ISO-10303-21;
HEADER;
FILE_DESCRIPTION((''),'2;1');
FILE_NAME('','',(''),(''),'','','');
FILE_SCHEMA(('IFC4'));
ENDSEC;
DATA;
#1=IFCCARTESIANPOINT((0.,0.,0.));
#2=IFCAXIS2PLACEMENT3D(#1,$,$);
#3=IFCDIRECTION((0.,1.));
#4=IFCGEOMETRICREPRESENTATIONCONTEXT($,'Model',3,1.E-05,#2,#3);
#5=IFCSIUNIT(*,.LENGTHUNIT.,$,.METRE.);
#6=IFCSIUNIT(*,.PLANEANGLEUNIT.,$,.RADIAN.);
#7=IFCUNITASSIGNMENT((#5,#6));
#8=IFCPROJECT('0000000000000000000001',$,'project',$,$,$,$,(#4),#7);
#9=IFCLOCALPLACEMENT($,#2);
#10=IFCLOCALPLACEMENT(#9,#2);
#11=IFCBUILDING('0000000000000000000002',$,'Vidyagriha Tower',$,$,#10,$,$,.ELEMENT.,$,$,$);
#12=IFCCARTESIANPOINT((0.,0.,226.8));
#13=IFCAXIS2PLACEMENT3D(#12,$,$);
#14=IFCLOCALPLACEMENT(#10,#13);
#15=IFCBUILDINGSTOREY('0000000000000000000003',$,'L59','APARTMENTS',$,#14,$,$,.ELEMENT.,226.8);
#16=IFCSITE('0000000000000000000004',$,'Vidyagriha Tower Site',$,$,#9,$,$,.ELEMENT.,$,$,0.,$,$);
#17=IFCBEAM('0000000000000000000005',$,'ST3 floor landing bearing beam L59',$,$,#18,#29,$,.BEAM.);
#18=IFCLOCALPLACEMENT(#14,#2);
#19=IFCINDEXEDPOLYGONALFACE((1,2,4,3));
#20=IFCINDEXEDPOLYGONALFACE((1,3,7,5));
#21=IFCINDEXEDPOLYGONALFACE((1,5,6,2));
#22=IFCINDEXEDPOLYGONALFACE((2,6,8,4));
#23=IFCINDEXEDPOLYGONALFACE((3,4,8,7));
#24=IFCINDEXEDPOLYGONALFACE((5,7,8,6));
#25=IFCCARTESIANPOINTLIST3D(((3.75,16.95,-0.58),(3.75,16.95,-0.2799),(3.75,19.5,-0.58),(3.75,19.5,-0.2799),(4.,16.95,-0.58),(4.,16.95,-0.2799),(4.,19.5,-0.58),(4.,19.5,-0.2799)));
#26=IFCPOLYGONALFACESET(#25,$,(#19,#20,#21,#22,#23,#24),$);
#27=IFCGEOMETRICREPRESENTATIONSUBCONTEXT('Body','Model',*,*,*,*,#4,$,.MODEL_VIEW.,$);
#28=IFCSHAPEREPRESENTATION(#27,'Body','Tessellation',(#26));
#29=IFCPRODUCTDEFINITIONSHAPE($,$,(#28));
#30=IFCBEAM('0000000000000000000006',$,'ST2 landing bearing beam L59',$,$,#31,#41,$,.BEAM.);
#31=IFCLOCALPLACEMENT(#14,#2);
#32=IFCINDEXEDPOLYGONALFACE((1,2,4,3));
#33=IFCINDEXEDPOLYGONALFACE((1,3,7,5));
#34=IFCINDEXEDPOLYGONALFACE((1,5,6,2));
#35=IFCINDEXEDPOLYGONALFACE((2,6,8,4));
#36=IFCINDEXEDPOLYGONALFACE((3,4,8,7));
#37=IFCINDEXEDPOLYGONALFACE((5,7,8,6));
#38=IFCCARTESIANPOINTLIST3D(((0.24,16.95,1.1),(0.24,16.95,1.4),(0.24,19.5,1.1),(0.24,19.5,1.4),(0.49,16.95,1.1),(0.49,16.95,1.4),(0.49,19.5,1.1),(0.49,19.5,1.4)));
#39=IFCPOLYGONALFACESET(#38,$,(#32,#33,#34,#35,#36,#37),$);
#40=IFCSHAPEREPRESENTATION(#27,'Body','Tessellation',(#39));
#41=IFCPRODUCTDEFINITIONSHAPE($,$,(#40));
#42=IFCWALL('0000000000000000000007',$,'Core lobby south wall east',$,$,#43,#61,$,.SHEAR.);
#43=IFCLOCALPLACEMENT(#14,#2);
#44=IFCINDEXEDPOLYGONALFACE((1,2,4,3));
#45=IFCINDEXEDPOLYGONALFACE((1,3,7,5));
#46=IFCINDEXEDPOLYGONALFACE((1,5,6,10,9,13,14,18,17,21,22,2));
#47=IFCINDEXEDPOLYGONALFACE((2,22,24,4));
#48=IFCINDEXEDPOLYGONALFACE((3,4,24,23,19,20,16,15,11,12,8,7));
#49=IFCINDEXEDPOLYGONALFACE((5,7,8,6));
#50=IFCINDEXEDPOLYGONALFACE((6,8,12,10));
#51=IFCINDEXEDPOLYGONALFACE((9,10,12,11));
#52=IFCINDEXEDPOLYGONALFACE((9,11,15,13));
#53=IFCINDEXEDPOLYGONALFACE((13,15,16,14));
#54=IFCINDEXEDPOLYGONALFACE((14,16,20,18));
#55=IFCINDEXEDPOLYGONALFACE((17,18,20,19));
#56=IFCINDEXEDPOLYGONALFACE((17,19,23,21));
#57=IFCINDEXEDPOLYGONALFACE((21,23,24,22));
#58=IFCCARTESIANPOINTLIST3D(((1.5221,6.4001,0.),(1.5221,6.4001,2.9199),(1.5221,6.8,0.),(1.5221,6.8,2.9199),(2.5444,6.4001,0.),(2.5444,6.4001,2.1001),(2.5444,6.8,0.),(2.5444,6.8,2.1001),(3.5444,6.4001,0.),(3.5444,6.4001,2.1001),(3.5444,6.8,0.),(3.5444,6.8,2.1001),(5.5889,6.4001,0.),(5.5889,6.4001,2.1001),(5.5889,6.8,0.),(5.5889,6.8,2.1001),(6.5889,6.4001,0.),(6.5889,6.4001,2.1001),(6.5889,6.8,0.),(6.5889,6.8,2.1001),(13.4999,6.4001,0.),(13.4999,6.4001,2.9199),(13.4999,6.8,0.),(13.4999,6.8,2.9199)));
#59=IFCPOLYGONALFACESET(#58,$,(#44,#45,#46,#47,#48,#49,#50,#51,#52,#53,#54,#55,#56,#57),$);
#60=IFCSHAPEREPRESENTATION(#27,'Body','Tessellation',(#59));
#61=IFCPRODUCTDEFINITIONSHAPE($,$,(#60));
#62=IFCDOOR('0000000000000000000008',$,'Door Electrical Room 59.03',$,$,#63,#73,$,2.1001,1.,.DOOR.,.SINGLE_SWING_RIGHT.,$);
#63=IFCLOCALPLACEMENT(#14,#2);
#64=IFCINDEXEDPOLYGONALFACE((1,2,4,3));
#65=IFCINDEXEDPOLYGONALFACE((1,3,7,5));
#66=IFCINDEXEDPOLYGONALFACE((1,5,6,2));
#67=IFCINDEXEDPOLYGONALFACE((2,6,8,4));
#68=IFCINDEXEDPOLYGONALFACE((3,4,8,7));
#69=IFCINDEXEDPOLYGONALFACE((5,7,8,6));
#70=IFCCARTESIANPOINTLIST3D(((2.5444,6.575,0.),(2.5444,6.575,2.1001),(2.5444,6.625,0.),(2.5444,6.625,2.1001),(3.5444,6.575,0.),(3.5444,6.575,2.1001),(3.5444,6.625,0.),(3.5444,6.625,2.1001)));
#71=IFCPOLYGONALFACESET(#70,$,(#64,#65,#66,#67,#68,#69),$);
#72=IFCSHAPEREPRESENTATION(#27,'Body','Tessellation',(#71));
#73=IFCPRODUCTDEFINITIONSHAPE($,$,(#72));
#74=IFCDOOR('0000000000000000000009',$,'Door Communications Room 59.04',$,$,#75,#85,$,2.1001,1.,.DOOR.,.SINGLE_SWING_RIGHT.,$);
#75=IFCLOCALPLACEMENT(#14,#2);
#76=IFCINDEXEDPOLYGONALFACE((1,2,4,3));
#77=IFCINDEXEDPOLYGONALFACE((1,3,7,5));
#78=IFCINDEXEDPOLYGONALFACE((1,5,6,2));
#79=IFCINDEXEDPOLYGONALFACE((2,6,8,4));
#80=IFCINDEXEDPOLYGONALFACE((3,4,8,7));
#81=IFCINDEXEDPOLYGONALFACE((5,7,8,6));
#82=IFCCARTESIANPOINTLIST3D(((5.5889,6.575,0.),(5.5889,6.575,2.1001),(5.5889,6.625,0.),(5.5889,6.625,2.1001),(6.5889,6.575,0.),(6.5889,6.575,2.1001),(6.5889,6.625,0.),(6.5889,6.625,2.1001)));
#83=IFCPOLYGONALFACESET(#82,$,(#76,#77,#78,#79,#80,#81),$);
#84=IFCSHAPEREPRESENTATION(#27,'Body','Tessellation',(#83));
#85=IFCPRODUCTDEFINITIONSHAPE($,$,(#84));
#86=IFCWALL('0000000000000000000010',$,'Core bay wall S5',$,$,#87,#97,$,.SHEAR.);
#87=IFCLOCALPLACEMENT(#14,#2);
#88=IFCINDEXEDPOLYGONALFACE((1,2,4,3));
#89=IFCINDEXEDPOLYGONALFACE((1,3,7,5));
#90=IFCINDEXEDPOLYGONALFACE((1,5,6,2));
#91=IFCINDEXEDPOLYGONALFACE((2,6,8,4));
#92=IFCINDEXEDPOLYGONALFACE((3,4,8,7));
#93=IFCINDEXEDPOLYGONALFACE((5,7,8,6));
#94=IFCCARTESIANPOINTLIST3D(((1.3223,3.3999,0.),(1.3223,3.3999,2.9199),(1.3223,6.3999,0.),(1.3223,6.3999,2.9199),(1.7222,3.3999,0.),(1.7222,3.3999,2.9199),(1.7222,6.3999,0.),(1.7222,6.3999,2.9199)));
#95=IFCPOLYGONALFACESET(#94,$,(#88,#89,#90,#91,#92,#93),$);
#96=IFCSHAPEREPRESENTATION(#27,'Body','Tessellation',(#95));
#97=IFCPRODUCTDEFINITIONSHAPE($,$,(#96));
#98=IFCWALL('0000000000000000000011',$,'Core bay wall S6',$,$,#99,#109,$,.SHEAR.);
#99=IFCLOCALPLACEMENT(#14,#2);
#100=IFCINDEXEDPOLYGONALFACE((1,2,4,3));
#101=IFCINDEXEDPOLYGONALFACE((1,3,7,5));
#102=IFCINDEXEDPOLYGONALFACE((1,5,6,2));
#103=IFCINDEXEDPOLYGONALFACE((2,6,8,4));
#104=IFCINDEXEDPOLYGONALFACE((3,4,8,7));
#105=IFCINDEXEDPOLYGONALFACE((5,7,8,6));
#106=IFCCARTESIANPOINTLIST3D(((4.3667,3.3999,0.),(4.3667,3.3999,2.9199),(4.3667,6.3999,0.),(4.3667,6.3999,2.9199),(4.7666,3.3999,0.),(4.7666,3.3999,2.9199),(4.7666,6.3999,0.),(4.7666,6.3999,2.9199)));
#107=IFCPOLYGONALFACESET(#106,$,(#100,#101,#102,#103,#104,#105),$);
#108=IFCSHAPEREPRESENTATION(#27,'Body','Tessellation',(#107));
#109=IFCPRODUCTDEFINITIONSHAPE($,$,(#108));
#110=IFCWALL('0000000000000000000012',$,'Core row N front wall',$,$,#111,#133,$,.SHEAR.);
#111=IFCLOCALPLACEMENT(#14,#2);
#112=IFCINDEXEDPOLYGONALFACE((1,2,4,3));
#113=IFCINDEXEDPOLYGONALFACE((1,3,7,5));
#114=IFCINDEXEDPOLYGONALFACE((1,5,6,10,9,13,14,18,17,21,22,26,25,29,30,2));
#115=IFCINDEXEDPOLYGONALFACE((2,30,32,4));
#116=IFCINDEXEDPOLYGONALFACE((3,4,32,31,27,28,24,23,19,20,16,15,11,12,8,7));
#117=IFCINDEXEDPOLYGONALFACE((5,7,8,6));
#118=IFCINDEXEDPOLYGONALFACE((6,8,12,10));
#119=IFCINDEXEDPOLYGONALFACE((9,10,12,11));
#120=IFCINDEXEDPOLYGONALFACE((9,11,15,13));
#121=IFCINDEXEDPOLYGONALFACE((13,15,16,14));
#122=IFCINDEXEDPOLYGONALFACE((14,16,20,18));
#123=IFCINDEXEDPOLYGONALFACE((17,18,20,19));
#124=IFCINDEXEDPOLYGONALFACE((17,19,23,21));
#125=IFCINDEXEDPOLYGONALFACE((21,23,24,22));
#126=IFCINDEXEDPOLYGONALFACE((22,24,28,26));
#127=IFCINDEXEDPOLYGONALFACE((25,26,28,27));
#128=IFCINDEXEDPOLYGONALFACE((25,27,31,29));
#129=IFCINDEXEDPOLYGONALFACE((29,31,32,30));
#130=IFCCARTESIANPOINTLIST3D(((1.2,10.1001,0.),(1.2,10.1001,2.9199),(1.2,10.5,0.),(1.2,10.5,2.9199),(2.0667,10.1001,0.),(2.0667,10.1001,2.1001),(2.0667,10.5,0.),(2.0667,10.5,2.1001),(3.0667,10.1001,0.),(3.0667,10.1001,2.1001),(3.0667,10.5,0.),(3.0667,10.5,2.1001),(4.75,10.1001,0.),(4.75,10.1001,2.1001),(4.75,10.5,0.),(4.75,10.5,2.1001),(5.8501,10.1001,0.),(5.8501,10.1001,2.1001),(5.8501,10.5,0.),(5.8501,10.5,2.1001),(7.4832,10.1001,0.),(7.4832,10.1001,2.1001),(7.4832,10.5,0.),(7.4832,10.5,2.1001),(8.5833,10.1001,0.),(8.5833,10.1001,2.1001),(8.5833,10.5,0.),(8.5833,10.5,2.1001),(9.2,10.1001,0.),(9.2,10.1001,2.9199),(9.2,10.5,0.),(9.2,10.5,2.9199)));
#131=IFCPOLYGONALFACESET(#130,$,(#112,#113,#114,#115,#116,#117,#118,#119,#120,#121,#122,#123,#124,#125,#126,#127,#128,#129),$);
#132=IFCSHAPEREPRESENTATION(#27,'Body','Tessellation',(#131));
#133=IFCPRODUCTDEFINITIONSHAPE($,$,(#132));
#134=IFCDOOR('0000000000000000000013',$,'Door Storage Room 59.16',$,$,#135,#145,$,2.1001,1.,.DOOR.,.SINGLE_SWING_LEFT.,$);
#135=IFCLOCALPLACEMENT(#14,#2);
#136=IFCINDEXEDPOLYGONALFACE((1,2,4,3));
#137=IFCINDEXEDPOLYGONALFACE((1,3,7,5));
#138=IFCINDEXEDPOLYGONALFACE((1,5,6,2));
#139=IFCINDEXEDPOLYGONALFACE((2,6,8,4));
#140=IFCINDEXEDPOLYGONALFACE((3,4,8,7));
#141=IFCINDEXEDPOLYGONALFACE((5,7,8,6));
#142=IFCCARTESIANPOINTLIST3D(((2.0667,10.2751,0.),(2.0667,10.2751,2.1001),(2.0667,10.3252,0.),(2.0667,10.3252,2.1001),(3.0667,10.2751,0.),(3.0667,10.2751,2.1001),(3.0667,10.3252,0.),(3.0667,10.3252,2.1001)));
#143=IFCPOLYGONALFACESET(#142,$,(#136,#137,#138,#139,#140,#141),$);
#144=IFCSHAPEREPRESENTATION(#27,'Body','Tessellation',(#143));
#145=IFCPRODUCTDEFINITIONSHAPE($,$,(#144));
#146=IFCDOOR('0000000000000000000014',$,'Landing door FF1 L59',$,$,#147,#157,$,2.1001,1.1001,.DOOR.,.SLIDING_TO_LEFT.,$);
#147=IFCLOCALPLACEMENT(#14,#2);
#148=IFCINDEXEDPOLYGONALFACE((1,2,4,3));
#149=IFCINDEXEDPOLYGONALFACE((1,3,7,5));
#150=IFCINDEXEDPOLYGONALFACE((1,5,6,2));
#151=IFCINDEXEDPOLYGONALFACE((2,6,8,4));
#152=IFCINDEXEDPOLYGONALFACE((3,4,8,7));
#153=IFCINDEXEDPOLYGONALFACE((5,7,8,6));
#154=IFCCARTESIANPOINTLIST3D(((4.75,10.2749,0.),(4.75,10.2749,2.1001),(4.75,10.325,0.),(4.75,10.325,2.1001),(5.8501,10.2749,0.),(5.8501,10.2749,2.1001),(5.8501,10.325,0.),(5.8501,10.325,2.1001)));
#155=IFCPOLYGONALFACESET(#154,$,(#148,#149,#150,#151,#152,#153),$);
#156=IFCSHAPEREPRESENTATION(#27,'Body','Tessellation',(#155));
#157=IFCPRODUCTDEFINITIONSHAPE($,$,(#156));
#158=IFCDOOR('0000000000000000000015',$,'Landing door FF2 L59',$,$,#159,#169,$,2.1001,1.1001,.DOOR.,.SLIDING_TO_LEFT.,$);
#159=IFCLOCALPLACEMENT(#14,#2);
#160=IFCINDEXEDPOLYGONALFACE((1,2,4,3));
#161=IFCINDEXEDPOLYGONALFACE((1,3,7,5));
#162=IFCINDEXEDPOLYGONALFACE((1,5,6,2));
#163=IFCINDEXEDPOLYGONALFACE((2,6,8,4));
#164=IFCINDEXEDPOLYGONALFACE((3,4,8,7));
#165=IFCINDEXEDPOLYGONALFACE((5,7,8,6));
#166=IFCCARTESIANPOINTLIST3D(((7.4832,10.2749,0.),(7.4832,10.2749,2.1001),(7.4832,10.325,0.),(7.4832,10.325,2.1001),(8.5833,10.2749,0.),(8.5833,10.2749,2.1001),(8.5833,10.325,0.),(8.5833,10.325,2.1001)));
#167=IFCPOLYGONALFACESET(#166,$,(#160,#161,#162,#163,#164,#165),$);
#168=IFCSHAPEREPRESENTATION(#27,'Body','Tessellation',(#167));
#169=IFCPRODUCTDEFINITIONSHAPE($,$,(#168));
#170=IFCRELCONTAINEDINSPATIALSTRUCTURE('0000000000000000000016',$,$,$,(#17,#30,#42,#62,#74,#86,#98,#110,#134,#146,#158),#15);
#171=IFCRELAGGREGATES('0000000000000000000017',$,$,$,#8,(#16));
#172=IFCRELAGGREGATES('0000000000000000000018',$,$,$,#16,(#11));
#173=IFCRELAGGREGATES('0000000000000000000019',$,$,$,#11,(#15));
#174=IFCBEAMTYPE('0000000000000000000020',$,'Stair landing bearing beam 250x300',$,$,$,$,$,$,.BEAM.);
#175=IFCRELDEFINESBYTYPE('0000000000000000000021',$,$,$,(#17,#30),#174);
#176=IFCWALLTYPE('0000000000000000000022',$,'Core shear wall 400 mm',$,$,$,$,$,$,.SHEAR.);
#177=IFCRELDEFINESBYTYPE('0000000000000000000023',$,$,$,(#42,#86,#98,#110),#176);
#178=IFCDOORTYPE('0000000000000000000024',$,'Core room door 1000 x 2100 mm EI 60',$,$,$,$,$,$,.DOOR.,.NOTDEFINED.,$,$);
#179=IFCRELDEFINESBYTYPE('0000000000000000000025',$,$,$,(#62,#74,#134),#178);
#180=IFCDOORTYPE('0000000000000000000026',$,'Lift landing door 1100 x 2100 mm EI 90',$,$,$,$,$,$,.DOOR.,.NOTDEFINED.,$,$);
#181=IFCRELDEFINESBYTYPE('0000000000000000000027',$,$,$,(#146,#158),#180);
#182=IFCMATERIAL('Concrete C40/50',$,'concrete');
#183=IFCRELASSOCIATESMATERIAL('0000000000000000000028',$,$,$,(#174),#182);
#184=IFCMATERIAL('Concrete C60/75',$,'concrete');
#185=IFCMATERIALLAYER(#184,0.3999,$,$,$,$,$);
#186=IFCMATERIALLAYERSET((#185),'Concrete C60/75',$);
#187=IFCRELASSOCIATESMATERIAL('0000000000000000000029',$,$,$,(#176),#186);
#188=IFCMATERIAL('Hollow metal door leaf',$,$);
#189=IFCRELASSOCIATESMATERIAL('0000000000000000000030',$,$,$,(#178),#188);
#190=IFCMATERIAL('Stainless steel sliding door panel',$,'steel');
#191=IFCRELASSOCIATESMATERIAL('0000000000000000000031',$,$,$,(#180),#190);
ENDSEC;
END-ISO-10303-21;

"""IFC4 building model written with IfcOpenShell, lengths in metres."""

from ifc_helpers import new_model, si_unit, direction, frame, frame_2d, origin, origin_2d, place, context, subcontext, project, spatial, rectangle, extrude, material, layer, layer_set, material_profile, profile_set, type_object, element, fill, save


model = new_model("IFC4")

# Units and contexts
model_context = context("Model", 3, precision=1e-05, world=origin(), true_north=direction((0.0, 1.0)))
body_context = subcontext(model_context, "Body", "Model", "MODEL_VIEW")
ifc_project = project(units=[si_unit("LENGTHUNIT", "METRE"), si_unit("PLANEANGLEUNIT", "RADIAN")], contexts=[model_context])

# Site, building, storey
site_placement = place(None, origin())
site = spatial("IfcSite", under=ifc_project, at=site_placement, Name="Vidyagriha Tower Site", CompositionType="ELEMENT", RefElevation=0.0)
building_placement = place(site_placement, origin())
building = spatial("IfcBuilding", under=site, at=building_placement, Name="Vidyagriha Tower", CompositionType="ELEMENT")
storey_placement = place(building_placement, frame((0.0, 0.0, 226.8)))
storey = spatial("IfcBuildingStorey", under=building, at=storey_placement, Name="L59", Description="APARTMENTS", CompositionType="ELEMENT", Elevation=226.8)

# Beams
ifc_material_1 = material(Name="Concrete C40/50", Category="concrete")
ifc_material_profile = material_profile(ifc_material_1, rectangle(XDim=0.25, YDim=0.3, at=origin_2d()), Name="Stair landing bearing beam 250x300")
ifc_profile_set = profile_set([ifc_material_profile], Name="Concrete C40/50")
beam_type = type_object("IfcBeamType", Name="Stair landing bearing beam 250x300", PredefinedType="BEAM", material=ifc_profile_set)
for number, where, z_axis, x_axis, name in (
    (1, (3.875, 16.95, -0.4299), (0.0, 1.0, 0.0), (-1.0, 0.0, 0.0), "ST3 floor landing bearing beam L59"),
    (2, (0.365, 16.95, 1.25), (0.0, 1.0, 0.0), (-1.0, 0.0, 0.0), "ST2 landing bearing beam L59"),
):
    element("IfcBeam", number, at=place(storey_placement, frame(where, z_axis=z_axis, x_axis=x_axis)), inside=storey, type_object=beam_type, Name=name, PredefinedType="BEAM", context=body_context, shape_type="SweptSolid", body=[
        extrude(rectangle(XDim=0.25, YDim=0.3, at=origin_2d()), origin(), (0.0, 0.0, 1.0), 2.55),
    ])

# Wall, openings, doors
ifc_material_2 = material(Name="Concrete C60/75", Category="concrete")
ifc_layer_1 = layer(ifc_material_2, 0.3999)
ifc_layer_set_1 = layer_set([ifc_layer_1], Name="Concrete C60/75")
wall_type_1 = type_object("IfcWallType", Name="Core shear wall 400 mm", PredefinedType="SHEAR", material=ifc_layer_set_1)
wall_1_placement = place(storey_placement, frame((1.5222, 6.6001, 0.0)))
wall_1 = element("IfcWall", 3, at=wall_1_placement, inside=storey, type_object=wall_type_1, Name="Core lobby south wall east", PredefinedType="SHEAR", context=body_context, shape_type="SweptSolid", body=[
    extrude(rectangle(XDim=11.9778, YDim=0.3999, at=frame_2d((5.9888, 0.0))), origin(), (0.0, 0.0, 1.0), 2.9199),
])
opening_1_placement = place(wall_1_placement, frame((1.0222, 0.0, 0.0)))
opening_1 = element("IfcOpeningElement", 4, at=opening_1_placement, cuts=wall_1, PredefinedType="OPENING", context=body_context, shape_type="SweptSolid", body=[
    extrude(rectangle(XDim=1.0, YDim=2.1001, at=frame_2d((0.5, 1.05))), frame((0.0, 0.21, 0.0), z_axis=(0.0, -1.0, 0.0), x_axis=(1.0, 0.0, 0.0)), (0.0, 0.0, 1.0), 0.4199),
])
opening_2_placement = place(wall_1_placement, frame((4.0667, 0.0, 0.0)))
opening_2 = element("IfcOpeningElement", 5, at=opening_2_placement, cuts=wall_1, PredefinedType="OPENING", context=body_context, shape_type="SweptSolid", body=[
    extrude(rectangle(XDim=1.0, YDim=2.1001, at=frame_2d((0.5, 1.05))), frame((0.0, 0.21, 0.0), z_axis=(0.0, -1.0, 0.0), x_axis=(1.0, 0.0, 0.0)), (0.0, 0.0, 1.0), 0.4199),
])
ifc_material_3 = material(Name="Hollow metal door leaf")
door_type_1 = type_object("IfcDoorType", Name="Core room door 1000 x 2100 mm EI 60", OperationType="NOTDEFINED", PredefinedType="DOOR", material=ifc_material_3)
door_1_placement = place(opening_1_placement, origin())
door_1 = element("IfcDoor", 6, at=door_1_placement, inside=storey, type_object=door_type_1, Name="Door Electrical Room 59.03", OperationType="SINGLE_SWING_RIGHT", OverallHeight=2.1001, OverallWidth=1.0, PredefinedType="DOOR", context=body_context, shape_type="SweptSolid", body=[
    extrude(rectangle(XDim=1.0, YDim=2.1001, at=frame_2d((0.5, 1.05))), frame((0.0, 0.0249, 0.0), z_axis=(0.0, -1.0, 0.0), x_axis=(1.0, 0.0, 0.0)), (0.0, 0.0, 1.0), 0.05),
])
fill(opening_1, door_1)
door_2_placement = place(opening_2_placement, origin())
door_2 = element("IfcDoor", 7, at=door_2_placement, inside=storey, type_object=door_type_1, Name="Door Communications Room 59.04", OperationType="SINGLE_SWING_RIGHT", OverallHeight=2.1001, OverallWidth=1.0, PredefinedType="DOOR", context=body_context, shape_type="SweptSolid", body=[
    extrude(rectangle(XDim=1.0, YDim=2.1001, at=frame_2d((0.5, 1.05))), frame((0.0, 0.0249, 0.0), z_axis=(0.0, -1.0, 0.0), x_axis=(1.0, 0.0, 0.0)), (0.0, 0.0, 1.0), 0.05),
])
fill(opening_2, door_2)

# Walls
for number, where, z_axis, x_axis, name in (
    (8, (1.5222, 3.3999, 0.0), (0.0, 0.0, 1.0), (0.0, 1.0, 0.0), "Core bay wall S5"),
    (9, (4.5667, 3.3999, 0.0), (0.0, 0.0, 1.0), (0.0, 1.0, 0.0), "Core bay wall S6"),
):
    element("IfcWall", number, at=place(storey_placement, frame(where, z_axis=z_axis, x_axis=x_axis)), inside=storey, type_object=wall_type_1, Name=name, PredefinedType="SHEAR", context=body_context, shape_type="SweptSolid", body=[
        extrude(rectangle(XDim=3.0, YDim=0.3999, at=frame_2d((1.5, 0.0))), origin(), (0.0, 0.0, 1.0), 2.9199),
    ])

# Wall, openings, doors
wall_2_placement = place(storey_placement, frame((1.2, 10.3, 0.0)))
wall_2 = element("IfcWall", 10, at=wall_2_placement, inside=storey, type_object=wall_type_1, Name="Core row N front wall", PredefinedType="SHEAR", context=body_context, shape_type="SweptSolid", body=[
    extrude(rectangle(XDim=8.0, YDim=0.3999, at=frame_2d((4.0, 0.0))), origin(), (0.0, 0.0, 1.0), 2.9199),
])
opening_3_placement = place(wall_2_placement, frame((3.55, 0.0, 0.0)))
opening_3 = element("IfcOpeningElement", 11, at=opening_3_placement, cuts=wall_2, PredefinedType="OPENING", context=body_context, shape_type="SweptSolid", body=[
    extrude(rectangle(XDim=1.1001, YDim=2.1001, at=frame_2d((0.55, 1.05))), frame((0.0, 0.21, 0.0), z_axis=(0.0, -1.0, 0.0), x_axis=(1.0, 0.0, 0.0)), (0.0, 0.0, 1.0), 0.4199),
])
opening_4_placement = place(wall_2_placement, frame((6.2832, 0.0, 0.0)))
opening_4 = element("IfcOpeningElement", 12, at=opening_4_placement, cuts=wall_2, PredefinedType="OPENING", context=body_context, shape_type="SweptSolid", body=[
    extrude(rectangle(XDim=1.1001, YDim=2.1001, at=frame_2d((0.55, 1.05))), frame((0.0, 0.21, 0.0), z_axis=(0.0, -1.0, 0.0), x_axis=(1.0, 0.0, 0.0)), (0.0, 0.0, 1.0), 0.4199),
])
opening_5_placement = place(wall_2_placement, frame((0.8667, 0.0, 0.0)))
opening_5 = element("IfcOpeningElement", 13, at=opening_5_placement, cuts=wall_2, PredefinedType="OPENING", context=body_context, shape_type="SweptSolid", body=[
    extrude(rectangle(XDim=1.0, YDim=2.1001, at=frame_2d((0.5, 1.05))), frame((0.0, 0.21, 0.0), z_axis=(0.0, -1.0, 0.0), x_axis=(1.0, 0.0, 0.0)), (0.0, 0.0, 1.0), 0.4199),
])
door_3_placement = place(opening_5_placement, frame((1.0, 0.0, 0.0), z_axis=(0.0, 0.0, 1.0), x_axis=(-1.0, 0.0, 0.0)))
door_3 = element("IfcDoor", 14, at=door_3_placement, inside=storey, type_object=door_type_1, Name="Door Storage Room 59.16", OperationType="SINGLE_SWING_LEFT", OverallHeight=2.1001, OverallWidth=1.0, PredefinedType="DOOR", context=body_context, shape_type="SweptSolid", body=[
    extrude(rectangle(XDim=1.0, YDim=2.1001, at=frame_2d((0.5, 1.05))), frame((0.0, 0.0249, 0.0), z_axis=(0.0, -1.0, 0.0), x_axis=(1.0, 0.0, 0.0)), (0.0, 0.0, 1.0), 0.05),
])
fill(opening_5, door_3)
ifc_material_4 = material(Name="Stainless steel sliding door panel", Category="steel")
door_type_2 = type_object("IfcDoorType", Name="Lift landing door 1100 x 2100 mm EI 90", OperationType="NOTDEFINED", PredefinedType="DOOR", material=ifc_material_4)
door_4_placement = place(opening_3_placement, origin())
door_4 = element("IfcDoor", 15, at=door_4_placement, inside=storey, type_object=door_type_2, Name="Landing door FF1 L59", OperationType="SLIDING_TO_LEFT", OverallHeight=2.1001, OverallWidth=1.1001, PredefinedType="DOOR", context=body_context, shape_type="SweptSolid", body=[
    extrude(rectangle(XDim=1.1001, YDim=2.1001, at=frame_2d((0.55, 1.05))), frame((0.0, 0.0249, 0.0), z_axis=(0.0, -1.0, 0.0), x_axis=(1.0, 0.0, 0.0)), (0.0, 0.0, 1.0), 0.05),
])
fill(opening_3, door_4)
door_5_placement = place(opening_4_placement, origin())
door_5 = element("IfcDoor", 16, at=door_5_placement, inside=storey, type_object=door_type_2, Name="Landing door FF2 L59", OperationType="SLIDING_TO_LEFT", OverallHeight=2.1001, OverallWidth=1.1001, PredefinedType="DOOR", context=body_context, shape_type="SweptSolid", body=[
    extrude(rectangle(XDim=1.1001, YDim=2.1001, at=frame_2d((0.55, 1.05))), frame((0.0, 0.0249, 0.0), z_axis=(0.0, -1.0, 0.0), x_axis=(1.0, 0.0, 0.0)), (0.0, 0.0, 1.0), 0.05),
])
fill(opening_4, door_5)

save(model, "model.ifc")
